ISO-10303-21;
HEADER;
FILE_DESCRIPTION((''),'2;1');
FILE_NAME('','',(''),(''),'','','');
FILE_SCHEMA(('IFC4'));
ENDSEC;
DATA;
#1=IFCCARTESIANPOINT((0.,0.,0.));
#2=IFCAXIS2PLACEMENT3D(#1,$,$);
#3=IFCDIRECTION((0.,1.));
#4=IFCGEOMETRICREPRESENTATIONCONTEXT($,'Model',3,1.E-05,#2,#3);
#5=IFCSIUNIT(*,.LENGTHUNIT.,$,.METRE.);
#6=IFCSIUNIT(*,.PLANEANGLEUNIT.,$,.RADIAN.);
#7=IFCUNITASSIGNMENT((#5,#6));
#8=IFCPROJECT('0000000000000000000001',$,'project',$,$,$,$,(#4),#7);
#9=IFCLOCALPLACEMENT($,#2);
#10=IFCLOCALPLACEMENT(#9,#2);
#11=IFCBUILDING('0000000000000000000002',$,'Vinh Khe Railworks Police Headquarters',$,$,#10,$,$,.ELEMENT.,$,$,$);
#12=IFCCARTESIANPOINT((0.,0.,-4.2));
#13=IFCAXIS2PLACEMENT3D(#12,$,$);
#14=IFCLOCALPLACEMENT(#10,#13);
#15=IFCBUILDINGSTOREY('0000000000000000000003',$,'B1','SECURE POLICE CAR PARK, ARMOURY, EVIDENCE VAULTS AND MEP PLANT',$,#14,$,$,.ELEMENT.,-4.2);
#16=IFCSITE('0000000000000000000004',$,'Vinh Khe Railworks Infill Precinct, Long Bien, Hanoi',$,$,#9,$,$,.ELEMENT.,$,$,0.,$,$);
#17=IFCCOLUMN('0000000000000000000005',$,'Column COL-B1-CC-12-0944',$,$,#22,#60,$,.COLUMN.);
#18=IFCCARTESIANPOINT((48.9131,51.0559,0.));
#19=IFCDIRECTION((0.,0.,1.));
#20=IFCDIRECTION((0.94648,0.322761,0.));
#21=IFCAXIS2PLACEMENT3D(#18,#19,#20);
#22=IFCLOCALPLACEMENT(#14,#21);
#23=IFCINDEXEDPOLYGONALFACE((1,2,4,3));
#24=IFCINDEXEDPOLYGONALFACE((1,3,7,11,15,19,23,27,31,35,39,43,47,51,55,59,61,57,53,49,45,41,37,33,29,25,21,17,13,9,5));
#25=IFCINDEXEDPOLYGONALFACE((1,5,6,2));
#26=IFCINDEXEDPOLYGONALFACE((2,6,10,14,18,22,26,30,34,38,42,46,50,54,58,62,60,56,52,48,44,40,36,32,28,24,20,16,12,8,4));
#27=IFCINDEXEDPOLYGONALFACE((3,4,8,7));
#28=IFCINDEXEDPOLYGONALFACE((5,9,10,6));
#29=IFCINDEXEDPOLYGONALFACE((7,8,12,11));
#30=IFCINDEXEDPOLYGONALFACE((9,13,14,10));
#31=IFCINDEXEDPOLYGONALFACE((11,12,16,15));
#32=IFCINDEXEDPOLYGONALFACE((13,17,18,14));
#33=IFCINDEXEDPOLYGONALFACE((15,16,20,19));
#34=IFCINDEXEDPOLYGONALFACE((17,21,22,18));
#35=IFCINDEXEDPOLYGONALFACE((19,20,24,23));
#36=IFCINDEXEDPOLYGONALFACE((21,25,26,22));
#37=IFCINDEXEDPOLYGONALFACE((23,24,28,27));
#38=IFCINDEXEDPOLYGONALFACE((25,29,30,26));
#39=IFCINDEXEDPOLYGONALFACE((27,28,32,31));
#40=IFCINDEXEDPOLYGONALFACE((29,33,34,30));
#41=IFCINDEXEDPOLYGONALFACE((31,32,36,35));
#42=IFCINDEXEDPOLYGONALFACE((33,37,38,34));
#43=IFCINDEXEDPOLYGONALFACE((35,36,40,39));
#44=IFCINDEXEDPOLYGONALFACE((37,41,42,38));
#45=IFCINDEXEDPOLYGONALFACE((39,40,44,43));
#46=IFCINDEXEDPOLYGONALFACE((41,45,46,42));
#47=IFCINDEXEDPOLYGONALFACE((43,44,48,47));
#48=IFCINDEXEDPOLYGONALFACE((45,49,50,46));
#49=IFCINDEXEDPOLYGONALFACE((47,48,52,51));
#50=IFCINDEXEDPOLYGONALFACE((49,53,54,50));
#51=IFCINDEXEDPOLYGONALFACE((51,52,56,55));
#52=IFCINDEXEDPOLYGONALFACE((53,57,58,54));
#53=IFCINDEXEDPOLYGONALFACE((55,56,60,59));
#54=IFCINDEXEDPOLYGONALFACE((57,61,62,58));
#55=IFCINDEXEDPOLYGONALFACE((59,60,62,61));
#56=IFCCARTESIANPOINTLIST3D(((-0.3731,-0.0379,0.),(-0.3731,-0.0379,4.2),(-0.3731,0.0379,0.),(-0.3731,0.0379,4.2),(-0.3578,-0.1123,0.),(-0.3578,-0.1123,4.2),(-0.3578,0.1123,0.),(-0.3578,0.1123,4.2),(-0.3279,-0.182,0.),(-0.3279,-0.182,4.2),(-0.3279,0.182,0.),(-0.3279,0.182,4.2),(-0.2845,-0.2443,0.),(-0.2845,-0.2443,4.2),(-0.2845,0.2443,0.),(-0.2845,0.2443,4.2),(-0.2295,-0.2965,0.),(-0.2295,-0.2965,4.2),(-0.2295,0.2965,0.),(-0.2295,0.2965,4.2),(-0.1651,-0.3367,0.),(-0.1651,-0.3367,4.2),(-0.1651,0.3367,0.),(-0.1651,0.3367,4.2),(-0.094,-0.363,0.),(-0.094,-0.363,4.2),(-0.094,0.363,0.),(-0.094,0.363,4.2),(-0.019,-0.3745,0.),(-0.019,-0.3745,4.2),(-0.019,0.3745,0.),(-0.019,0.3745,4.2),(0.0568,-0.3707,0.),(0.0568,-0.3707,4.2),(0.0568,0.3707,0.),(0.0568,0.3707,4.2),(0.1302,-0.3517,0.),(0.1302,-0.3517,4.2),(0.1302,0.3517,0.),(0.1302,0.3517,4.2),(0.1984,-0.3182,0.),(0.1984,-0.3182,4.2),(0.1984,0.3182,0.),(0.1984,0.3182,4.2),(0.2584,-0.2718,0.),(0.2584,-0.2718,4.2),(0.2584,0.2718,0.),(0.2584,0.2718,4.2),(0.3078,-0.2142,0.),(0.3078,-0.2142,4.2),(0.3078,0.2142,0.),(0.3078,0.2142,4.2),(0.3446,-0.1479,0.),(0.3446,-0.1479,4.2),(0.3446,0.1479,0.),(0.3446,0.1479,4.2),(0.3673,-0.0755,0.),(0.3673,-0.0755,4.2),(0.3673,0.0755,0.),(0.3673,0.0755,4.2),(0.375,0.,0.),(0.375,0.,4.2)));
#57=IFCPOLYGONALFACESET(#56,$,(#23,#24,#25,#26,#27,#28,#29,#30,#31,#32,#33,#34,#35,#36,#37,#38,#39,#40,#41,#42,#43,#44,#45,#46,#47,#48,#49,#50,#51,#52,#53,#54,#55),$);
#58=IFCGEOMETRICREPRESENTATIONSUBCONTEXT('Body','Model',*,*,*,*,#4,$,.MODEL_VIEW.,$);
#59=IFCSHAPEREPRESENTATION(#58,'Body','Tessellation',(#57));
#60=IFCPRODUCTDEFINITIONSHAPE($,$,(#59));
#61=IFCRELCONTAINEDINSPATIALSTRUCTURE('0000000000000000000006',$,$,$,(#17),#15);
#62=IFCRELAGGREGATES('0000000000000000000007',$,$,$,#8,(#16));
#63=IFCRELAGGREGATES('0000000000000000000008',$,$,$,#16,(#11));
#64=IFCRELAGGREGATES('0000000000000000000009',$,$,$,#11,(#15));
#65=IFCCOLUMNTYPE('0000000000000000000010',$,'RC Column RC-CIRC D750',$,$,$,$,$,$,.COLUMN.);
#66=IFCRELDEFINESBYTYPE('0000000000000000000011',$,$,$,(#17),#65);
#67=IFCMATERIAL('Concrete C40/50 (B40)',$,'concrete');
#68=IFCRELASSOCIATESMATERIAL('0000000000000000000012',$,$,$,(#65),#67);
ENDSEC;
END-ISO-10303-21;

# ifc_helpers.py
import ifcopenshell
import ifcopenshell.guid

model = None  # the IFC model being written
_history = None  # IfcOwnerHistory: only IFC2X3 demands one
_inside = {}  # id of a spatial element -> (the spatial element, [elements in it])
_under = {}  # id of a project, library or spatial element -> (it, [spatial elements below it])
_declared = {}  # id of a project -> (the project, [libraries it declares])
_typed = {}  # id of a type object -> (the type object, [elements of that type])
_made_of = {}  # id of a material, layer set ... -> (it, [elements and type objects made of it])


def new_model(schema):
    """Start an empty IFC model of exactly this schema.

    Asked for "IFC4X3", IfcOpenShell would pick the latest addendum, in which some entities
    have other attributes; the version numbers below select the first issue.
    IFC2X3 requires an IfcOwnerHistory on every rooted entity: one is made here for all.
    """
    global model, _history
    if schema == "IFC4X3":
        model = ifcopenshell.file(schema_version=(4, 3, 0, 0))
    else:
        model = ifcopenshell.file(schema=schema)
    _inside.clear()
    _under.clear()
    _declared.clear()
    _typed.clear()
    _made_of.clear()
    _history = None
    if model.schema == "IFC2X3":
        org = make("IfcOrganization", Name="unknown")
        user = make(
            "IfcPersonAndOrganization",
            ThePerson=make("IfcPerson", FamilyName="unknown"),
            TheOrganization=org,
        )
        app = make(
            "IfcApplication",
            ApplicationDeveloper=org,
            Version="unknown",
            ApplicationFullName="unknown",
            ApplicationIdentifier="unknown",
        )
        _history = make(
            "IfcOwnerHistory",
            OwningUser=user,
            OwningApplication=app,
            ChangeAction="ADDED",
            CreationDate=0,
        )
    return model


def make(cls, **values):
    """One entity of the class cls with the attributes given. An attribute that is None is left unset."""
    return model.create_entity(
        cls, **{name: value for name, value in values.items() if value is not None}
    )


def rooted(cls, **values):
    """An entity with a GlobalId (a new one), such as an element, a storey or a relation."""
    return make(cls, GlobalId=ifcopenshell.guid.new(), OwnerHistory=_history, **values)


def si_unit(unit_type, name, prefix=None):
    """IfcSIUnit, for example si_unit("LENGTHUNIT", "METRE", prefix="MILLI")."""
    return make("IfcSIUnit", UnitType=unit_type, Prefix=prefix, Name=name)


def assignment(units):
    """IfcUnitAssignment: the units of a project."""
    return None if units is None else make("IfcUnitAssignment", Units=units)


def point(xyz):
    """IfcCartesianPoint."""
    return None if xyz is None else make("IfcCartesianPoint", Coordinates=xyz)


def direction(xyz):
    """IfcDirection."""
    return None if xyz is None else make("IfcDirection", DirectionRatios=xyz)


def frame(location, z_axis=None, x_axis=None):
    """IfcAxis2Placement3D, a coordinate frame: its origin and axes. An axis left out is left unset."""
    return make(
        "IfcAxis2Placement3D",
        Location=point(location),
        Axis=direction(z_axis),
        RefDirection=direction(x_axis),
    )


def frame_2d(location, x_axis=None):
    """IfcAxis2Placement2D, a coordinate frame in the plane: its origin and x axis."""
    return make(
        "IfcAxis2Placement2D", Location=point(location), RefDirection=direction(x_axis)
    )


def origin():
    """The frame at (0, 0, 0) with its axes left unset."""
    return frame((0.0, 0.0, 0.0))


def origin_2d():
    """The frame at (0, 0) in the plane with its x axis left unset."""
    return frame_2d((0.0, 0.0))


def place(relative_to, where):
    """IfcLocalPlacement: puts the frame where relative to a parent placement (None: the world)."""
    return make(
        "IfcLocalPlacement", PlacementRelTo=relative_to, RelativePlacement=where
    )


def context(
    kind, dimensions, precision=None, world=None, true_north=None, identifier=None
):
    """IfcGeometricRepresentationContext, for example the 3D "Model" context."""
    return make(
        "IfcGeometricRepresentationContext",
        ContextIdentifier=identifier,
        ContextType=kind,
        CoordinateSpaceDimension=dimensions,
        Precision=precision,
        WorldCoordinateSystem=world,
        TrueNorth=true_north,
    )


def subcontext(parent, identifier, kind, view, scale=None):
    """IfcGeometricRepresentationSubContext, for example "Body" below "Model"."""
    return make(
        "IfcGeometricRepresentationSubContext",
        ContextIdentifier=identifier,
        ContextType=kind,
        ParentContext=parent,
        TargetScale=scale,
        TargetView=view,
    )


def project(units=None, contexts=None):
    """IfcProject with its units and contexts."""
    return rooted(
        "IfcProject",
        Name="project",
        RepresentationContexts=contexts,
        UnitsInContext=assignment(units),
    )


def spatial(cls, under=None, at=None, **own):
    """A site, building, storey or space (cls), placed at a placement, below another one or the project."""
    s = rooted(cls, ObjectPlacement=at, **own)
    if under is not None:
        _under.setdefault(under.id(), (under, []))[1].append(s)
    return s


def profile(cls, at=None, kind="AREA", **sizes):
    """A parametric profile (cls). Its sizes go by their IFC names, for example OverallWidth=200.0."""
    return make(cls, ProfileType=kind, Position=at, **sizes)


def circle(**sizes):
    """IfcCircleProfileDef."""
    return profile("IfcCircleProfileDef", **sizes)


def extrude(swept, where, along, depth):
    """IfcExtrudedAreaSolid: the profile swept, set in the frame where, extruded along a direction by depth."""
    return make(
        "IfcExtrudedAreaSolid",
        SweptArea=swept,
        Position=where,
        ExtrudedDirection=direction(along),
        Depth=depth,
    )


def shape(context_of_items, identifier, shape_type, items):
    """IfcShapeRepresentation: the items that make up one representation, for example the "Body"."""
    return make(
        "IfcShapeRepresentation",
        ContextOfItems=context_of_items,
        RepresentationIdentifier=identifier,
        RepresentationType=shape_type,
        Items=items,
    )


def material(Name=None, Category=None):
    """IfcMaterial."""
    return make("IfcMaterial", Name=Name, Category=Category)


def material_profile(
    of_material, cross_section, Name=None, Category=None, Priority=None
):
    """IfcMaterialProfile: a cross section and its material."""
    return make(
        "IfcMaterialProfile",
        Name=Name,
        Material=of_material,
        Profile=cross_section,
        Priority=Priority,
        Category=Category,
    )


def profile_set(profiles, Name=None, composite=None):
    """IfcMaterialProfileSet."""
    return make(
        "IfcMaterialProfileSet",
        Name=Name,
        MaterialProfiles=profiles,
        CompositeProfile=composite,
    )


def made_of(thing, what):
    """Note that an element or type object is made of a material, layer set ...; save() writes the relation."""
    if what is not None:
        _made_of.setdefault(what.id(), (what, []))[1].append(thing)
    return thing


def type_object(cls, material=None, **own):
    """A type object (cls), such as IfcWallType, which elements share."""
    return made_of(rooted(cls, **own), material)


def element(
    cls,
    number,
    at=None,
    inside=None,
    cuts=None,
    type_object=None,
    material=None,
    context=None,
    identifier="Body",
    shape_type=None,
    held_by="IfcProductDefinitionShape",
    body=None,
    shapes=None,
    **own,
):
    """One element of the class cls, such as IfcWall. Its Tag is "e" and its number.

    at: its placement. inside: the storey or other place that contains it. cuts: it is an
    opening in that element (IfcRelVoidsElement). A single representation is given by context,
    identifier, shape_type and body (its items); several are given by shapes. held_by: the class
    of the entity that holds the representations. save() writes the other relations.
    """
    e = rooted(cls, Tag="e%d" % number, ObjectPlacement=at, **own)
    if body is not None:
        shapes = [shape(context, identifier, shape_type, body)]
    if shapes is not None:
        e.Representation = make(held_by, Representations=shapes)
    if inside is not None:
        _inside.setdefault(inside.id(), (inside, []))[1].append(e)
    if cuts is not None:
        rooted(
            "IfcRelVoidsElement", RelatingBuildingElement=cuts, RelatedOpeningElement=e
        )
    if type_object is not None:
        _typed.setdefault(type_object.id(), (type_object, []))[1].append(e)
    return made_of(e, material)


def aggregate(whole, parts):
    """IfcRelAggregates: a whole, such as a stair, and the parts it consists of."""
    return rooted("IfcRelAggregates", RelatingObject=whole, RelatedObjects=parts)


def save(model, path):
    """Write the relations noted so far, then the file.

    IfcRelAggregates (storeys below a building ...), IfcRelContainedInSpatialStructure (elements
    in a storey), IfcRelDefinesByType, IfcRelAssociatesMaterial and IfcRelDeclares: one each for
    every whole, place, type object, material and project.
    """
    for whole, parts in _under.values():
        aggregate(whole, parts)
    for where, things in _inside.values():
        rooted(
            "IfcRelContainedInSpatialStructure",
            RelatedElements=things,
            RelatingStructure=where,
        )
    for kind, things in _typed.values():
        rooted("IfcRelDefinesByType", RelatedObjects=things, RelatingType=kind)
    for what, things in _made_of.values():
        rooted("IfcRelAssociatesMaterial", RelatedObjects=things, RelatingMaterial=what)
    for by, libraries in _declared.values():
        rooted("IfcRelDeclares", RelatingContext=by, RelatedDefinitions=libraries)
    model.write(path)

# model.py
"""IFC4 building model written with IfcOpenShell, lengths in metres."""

from ifc_helpers import new_model, si_unit, direction, frame, origin, origin_2d, place, context, subcontext, project, spatial, circle, extrude, material, material_profile, profile_set, type_object, element, save


model = new_model("IFC4")

# Units and contexts
model_context = context("Model", 3, precision=1e-05, world=origin(), true_north=direction((0.0, 1.0)))
body_context = subcontext(model_context, "Body", "Model", "MODEL_VIEW")
ifc_project = project(units=[si_unit("LENGTHUNIT", "METRE"), si_unit("PLANEANGLEUNIT", "RADIAN")], contexts=[model_context])

# Site, building, storey
site_placement = place(None, origin())
site = spatial("IfcSite", under=ifc_project, at=site_placement, Name="Vinh Khe Railworks Infill Precinct, Long Bien, Hanoi", CompositionType="ELEMENT", RefElevation=0.0)
building_placement = place(site_placement, origin())
building = spatial("IfcBuilding", under=site, at=building_placement, Name="Vinh Khe Railworks Police Headquarters", CompositionType="ELEMENT")
storey_placement = place(building_placement, frame((0.0, 0.0, -4.2)))
storey = spatial("IfcBuildingStorey", under=building, at=storey_placement, Name="B1", Description="SECURE POLICE CAR PARK, ARMOURY, EVIDENCE VAULTS AND MEP PLANT", CompositionType="ELEMENT", Elevation=-4.2)

# Column
ifc_material_1 = material(Name="Concrete C40/50 (B40)", Category="concrete")
ifc_material_profile_1 = material_profile(ifc_material_1, circle(Radius=0.375, at=origin_2d()), Name="RC-CIRC D750")
ifc_profile_set_1 = profile_set([ifc_material_profile_1], Name="Concrete C40/50 (B40)")
column_type_1 = type_object("IfcColumnType", Name="RC Column RC-CIRC D750", PredefinedType="COLUMN", material=ifc_profile_set_1)
for number, where, z_axis, x_axis, name in (
    (1, (48.9131, 51.0559, 0.0), (0.0, 0.0, 1.0), (0.94648, 0.322761, 0.0), "Column COL-B1-CC-12-0944"),
):
    element("IfcColumn", number, at=place(storey_placement, frame(where, z_axis=z_axis, x_axis=x_axis)), inside=storey, type_object=column_type_1, Name=name, PredefinedType="COLUMN", context=body_context, shape_type="SweptSolid", body=[
        extrude(circle(Radius=0.375, at=origin_2d()), origin(), (0.0, 0.0, 1.0), 4.2),
    ])

save(model, "model.ifc")
